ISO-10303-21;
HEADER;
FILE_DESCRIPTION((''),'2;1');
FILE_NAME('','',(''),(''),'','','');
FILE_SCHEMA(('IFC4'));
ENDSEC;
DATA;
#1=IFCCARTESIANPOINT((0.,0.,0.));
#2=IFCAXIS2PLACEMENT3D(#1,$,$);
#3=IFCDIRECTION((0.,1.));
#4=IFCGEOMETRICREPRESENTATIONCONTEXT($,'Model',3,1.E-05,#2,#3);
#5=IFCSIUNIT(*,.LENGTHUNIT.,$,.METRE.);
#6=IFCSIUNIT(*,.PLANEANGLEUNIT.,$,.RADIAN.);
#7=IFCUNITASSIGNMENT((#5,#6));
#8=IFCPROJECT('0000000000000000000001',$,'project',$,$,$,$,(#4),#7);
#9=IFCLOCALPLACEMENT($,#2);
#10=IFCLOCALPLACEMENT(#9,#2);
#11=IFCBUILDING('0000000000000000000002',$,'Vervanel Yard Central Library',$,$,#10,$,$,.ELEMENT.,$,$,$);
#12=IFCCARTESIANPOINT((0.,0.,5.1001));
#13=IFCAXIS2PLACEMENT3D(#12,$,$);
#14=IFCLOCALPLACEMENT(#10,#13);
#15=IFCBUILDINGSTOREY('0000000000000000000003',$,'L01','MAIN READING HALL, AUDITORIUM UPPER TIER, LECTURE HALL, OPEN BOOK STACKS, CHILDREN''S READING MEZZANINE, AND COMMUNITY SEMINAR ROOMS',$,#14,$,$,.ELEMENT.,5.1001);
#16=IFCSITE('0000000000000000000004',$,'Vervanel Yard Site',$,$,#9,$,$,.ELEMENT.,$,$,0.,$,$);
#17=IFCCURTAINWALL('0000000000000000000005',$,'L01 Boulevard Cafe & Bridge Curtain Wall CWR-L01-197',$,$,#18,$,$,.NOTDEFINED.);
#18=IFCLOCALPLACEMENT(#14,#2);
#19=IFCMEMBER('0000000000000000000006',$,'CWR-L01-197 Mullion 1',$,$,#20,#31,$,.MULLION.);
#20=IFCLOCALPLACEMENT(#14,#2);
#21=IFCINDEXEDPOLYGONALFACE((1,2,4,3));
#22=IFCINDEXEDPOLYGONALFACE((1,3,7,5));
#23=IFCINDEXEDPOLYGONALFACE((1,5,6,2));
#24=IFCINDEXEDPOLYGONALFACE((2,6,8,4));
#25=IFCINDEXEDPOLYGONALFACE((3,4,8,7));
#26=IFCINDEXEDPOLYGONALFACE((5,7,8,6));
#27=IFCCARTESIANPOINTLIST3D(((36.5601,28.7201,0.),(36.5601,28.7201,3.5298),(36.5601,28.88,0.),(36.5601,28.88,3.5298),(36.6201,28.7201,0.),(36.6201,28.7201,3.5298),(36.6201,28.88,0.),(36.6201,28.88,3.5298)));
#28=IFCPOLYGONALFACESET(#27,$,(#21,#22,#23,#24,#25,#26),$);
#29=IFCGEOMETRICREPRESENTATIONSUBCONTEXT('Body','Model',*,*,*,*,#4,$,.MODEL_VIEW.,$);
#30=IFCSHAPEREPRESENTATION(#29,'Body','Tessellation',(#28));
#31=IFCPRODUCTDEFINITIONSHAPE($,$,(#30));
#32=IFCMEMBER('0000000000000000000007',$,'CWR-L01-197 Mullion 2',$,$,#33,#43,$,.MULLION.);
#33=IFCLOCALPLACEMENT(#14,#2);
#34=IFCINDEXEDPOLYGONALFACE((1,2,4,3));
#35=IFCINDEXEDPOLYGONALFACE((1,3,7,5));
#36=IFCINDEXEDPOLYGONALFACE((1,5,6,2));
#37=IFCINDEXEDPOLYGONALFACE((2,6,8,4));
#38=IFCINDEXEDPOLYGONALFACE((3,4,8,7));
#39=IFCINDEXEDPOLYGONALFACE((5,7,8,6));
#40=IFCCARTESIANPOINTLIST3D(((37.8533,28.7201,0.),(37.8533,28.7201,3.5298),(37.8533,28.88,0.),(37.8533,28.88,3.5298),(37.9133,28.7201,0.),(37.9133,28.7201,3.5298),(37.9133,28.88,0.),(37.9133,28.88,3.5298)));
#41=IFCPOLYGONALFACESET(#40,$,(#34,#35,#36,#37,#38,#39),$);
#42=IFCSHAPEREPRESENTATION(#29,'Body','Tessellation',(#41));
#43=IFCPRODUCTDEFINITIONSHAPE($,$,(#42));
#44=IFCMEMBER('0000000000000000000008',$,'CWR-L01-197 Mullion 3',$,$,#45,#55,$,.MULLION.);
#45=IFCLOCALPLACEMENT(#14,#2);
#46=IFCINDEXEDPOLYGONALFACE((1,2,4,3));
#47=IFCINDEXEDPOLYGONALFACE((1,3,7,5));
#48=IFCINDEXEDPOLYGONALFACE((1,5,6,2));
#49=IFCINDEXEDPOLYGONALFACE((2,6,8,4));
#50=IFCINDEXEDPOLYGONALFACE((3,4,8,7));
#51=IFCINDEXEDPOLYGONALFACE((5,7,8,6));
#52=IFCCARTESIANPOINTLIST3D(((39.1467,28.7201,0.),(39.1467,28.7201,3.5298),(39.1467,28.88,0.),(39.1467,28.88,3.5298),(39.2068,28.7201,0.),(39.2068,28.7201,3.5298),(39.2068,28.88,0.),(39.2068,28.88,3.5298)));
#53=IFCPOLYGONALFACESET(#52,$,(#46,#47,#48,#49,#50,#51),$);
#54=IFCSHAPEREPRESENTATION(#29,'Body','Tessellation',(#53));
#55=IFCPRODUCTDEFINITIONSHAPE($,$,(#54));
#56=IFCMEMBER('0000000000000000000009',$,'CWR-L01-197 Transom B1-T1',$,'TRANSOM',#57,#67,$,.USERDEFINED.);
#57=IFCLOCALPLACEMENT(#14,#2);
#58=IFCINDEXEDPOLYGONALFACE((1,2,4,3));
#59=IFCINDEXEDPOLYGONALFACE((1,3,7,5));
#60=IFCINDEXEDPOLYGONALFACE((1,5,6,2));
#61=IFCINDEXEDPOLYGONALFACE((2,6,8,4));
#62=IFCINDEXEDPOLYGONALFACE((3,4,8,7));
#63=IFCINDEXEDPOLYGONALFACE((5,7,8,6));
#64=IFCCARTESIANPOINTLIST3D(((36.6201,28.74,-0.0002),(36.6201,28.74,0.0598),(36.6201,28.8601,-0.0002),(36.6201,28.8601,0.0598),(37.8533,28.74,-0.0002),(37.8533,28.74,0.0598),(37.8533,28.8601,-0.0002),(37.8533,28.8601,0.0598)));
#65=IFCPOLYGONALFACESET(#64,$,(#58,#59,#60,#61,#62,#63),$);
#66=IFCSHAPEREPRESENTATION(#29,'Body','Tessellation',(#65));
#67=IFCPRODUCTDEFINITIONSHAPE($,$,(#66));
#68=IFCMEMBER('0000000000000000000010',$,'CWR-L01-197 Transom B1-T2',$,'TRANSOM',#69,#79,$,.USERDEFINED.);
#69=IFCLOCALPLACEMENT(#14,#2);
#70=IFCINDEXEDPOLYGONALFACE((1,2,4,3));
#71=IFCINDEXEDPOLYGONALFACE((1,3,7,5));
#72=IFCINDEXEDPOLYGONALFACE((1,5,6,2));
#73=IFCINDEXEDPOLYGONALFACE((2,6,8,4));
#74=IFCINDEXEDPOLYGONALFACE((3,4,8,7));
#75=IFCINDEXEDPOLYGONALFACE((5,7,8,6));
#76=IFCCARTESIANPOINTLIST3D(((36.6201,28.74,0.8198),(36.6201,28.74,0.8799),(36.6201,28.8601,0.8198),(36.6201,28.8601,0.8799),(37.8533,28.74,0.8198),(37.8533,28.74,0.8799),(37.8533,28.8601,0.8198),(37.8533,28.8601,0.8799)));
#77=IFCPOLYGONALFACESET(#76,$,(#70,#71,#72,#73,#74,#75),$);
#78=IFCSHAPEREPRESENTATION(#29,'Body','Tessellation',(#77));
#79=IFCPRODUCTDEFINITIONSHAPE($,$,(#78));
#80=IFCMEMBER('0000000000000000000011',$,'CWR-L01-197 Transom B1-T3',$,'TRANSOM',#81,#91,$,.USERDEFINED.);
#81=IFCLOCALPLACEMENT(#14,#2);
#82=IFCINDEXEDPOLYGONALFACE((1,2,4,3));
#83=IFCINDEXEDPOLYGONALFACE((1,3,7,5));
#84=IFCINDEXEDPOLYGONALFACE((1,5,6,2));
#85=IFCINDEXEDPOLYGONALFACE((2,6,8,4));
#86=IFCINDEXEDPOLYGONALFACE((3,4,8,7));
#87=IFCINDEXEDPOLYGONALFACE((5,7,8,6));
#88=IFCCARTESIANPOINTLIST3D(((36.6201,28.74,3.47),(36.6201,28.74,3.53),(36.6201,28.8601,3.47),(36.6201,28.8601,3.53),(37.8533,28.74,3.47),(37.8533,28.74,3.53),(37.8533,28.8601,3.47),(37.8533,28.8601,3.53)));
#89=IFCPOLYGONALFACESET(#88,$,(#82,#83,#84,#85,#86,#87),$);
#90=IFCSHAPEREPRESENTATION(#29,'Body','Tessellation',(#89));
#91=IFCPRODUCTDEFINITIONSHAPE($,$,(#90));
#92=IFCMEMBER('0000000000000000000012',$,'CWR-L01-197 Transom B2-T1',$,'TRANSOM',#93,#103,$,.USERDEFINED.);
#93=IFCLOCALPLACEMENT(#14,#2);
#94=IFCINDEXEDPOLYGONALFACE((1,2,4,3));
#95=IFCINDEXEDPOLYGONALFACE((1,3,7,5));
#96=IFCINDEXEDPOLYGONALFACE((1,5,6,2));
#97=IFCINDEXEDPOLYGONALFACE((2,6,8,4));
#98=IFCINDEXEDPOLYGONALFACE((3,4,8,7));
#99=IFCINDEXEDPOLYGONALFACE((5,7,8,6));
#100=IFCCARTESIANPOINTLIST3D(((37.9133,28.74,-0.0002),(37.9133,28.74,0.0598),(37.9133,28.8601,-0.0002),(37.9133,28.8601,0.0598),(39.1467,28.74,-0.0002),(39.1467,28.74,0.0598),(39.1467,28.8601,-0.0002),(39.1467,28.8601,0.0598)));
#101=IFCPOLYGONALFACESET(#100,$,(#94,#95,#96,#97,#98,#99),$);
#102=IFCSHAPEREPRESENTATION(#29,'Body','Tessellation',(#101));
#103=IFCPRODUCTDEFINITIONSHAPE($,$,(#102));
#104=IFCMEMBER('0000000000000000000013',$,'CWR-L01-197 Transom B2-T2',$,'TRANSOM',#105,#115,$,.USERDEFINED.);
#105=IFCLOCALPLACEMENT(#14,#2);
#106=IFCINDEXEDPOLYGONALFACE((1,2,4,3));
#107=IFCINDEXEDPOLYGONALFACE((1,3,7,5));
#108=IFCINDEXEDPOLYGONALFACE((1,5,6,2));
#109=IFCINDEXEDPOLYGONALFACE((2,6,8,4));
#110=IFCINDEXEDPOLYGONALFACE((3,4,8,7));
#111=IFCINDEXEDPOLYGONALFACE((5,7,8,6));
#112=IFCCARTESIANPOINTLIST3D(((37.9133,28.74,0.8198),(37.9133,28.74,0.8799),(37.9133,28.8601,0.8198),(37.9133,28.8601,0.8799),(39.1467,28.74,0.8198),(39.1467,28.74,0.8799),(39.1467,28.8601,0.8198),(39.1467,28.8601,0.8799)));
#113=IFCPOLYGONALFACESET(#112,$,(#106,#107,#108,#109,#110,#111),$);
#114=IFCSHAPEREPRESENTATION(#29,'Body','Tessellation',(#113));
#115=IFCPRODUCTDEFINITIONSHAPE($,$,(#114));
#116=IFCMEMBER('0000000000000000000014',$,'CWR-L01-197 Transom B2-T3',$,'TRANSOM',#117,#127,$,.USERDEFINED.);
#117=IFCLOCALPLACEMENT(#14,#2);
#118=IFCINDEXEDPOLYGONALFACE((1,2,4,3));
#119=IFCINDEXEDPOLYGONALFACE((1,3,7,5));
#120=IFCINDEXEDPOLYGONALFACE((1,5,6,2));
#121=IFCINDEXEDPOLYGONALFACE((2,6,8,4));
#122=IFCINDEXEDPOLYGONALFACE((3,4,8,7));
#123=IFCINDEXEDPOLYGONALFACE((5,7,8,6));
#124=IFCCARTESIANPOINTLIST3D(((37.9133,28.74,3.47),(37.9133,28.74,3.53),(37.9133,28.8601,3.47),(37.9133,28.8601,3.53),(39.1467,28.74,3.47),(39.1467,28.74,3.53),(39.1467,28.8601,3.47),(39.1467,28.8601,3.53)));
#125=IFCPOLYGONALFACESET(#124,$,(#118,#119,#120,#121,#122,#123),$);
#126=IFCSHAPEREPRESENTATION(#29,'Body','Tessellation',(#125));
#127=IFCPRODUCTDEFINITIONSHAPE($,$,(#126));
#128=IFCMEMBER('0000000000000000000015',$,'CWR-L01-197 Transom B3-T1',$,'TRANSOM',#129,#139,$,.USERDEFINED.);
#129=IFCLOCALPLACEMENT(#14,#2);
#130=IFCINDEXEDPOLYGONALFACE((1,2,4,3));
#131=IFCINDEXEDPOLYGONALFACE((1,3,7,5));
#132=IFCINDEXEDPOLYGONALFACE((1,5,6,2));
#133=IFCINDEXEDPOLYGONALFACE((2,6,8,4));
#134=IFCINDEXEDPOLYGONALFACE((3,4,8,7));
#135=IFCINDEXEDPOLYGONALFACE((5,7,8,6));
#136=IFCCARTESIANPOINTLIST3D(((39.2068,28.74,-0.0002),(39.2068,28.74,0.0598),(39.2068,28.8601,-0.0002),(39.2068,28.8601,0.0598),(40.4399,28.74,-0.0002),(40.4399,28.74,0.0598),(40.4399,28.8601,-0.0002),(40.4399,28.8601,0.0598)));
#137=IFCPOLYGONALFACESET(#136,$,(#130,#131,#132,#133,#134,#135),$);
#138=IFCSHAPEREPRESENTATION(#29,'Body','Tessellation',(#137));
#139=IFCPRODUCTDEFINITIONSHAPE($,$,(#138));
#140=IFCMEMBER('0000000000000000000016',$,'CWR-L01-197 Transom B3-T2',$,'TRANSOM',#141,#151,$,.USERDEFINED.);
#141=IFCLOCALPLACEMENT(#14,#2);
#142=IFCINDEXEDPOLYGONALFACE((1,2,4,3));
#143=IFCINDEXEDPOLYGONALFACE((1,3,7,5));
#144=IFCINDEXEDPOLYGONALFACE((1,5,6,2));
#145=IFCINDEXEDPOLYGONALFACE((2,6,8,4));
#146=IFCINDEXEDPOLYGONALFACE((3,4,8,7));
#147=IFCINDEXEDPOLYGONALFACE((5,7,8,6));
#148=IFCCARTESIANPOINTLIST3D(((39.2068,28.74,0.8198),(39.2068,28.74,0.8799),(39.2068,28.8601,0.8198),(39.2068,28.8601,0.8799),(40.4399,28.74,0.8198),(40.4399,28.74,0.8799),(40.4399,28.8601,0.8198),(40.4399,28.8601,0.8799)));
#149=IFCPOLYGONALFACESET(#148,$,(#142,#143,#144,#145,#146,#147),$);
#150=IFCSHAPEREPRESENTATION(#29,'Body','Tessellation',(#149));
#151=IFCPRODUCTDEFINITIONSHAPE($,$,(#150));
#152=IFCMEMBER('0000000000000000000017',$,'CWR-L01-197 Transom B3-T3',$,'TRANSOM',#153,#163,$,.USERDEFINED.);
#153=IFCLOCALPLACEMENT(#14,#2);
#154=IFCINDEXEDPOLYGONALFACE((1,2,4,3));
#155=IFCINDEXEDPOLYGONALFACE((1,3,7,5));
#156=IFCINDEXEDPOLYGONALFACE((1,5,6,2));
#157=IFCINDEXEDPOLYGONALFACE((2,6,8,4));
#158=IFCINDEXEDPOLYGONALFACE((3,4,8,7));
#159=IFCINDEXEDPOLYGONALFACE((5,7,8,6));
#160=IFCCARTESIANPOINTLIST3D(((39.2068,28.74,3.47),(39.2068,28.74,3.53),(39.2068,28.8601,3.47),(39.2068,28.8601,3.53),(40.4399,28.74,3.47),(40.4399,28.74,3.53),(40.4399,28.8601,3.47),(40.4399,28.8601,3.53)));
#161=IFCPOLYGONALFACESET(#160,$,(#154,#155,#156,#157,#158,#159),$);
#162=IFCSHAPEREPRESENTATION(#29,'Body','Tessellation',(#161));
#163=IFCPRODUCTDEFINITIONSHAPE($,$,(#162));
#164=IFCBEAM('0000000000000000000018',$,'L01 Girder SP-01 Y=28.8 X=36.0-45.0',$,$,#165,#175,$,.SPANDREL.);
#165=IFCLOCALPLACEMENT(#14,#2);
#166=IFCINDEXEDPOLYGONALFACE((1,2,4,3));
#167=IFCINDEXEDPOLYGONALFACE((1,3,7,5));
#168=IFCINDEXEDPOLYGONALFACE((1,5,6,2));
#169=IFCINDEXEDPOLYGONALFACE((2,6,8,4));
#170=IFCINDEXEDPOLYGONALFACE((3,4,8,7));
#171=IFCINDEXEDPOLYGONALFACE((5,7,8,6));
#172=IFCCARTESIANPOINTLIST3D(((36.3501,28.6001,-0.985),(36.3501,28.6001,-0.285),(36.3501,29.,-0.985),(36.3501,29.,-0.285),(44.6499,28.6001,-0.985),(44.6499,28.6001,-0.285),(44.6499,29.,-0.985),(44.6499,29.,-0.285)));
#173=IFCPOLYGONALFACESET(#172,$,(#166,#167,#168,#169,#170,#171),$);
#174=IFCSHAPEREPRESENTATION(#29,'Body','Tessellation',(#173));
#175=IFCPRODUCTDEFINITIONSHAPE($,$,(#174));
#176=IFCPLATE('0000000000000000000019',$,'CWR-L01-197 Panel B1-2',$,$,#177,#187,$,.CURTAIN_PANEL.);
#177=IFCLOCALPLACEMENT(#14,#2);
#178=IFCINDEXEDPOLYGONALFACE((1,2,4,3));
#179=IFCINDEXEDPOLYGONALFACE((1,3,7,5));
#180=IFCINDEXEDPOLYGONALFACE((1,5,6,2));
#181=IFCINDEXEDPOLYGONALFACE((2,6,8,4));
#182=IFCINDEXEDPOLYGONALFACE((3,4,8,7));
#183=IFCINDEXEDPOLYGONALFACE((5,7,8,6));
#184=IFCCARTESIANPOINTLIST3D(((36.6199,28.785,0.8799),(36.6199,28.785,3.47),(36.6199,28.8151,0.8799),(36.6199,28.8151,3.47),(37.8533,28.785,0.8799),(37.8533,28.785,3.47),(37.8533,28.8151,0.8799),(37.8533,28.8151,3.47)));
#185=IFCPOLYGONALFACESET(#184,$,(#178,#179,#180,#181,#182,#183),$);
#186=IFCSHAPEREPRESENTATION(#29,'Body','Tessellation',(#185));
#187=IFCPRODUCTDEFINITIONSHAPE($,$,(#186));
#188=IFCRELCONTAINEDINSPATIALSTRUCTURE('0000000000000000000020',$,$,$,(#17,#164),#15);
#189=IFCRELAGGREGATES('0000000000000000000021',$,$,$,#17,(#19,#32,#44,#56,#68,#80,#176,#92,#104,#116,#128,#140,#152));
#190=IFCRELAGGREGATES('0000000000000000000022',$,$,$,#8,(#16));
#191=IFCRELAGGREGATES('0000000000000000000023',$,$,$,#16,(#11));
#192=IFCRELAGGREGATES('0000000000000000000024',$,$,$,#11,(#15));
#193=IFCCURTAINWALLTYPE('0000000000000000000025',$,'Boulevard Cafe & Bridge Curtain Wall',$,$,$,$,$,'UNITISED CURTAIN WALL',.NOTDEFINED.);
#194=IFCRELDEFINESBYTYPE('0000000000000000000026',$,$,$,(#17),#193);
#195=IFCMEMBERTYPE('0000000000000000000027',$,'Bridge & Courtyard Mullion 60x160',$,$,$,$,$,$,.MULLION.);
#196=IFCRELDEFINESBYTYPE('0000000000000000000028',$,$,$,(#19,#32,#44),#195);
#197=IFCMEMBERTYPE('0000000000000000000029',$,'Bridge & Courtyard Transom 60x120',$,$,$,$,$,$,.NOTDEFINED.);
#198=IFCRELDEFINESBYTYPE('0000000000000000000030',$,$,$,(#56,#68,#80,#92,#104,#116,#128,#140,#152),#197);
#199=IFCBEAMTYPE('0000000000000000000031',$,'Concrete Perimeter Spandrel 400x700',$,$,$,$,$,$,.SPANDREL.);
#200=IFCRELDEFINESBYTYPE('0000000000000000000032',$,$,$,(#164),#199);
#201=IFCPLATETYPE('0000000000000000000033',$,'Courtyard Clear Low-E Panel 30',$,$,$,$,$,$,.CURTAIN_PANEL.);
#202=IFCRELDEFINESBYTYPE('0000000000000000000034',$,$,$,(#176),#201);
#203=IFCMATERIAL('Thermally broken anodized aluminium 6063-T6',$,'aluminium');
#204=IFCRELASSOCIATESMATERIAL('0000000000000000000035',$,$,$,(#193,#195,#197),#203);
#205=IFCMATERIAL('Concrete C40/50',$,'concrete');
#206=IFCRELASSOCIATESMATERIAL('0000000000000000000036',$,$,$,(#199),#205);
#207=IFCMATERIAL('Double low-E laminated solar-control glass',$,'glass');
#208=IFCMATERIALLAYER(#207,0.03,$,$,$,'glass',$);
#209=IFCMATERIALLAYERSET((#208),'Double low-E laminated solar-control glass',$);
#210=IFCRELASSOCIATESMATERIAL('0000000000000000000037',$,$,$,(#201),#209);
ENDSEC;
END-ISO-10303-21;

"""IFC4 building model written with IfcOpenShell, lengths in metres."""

from ifc_helpers import new_model, si_unit, direction, frame, origin, origin_2d, place, context, subcontext, project, spatial, rectangle, extrude, material, layer, layer_set, material_profile, profile_set, type_object, element, aggregate, save


model = new_model("IFC4")

# Units and contexts
model_context = context("Model", 3, precision=1e-05, world=origin(), true_north=direction((0.0, 1.0)))
body_context = subcontext(model_context, "Body", "Model", "MODEL_VIEW")
ifc_project = project(units=[si_unit("LENGTHUNIT", "METRE"), si_unit("PLANEANGLEUNIT", "RADIAN")], contexts=[model_context])

# Site, building, storey
site_placement = place(None, origin())
site = spatial("IfcSite", under=ifc_project, at=site_placement, Name="Vervanel Yard Site", CompositionType="ELEMENT", RefElevation=0.0)
building_placement = place(site_placement, origin())
building = spatial("IfcBuilding", under=site, at=building_placement, Name="Vervanel Yard Central Library", CompositionType="ELEMENT")
storey_placement = place(building_placement, frame((0.0, 0.0, 5.1001)))
storey = spatial("IfcBuildingStorey", under=building, at=storey_placement, Name="L01", Description="MAIN READING HALL, AUDITORIUM UPPER TIER, LECTURE HALL, OPEN BOOK STACKS, CHILDREN'S READING MEZZANINE, AND COMMUNITY SEMINAR ROOMS", CompositionType="ELEMENT", Elevation=5.1001)

# Curtain wall, members
ifc_material_1 = material(Name="Thermally broken anodized aluminium 6063-T6", Category="aluminium")
curtain_wall_type = type_object("IfcCurtainWallType", Name="Boulevard Cafe & Bridge Curtain Wall", ElementType="UNITISED CURTAIN WALL", PredefinedType="NOTDEFINED", material=ifc_material_1)
curtain_wall_placement = place(storey_placement, origin())
curtain_wall = element("IfcCurtainWall", 1, at=curtain_wall_placement, inside=storey, type_object=curtain_wall_type, Name="L01 Boulevard Cafe & Bridge Curtain Wall CWR-L01-197", PredefinedType="NOTDEFINED")
ifc_material_profile_1 = material_profile(ifc_material_1, rectangle(XDim=0.0601, YDim=0.1599, at=origin_2d()), Name="ALU 60x160", Category="aluminium")
ifc_profile_set_1 = profile_set([ifc_material_profile_1], Name="Thermally broken anodized aluminium 6063-T6")
member_type_1 = type_object("IfcMemberType", Name="Bridge & Courtyard Mullion 60x160", PredefinedType="MULLION", material=ifc_profile_set_1)
member_1_placement = place(storey_placement, frame((36.5901, 28.8, 0.0), z_axis=(0.0, 0.0, 1.0), x_axis=(1.0, 0.0, 0.0)))
member_1 = element("IfcMember", 2, at=member_1_placement, type_object=member_type_1, Name="CWR-L01-197 Mullion 1", PredefinedType="MULLION", context=body_context, shape_type="SweptSolid", body=[
    extrude(rectangle(XDim=0.0601, YDim=0.1599, at=origin_2d()), origin(), (0.0, 0.0, 1.0), 3.5298),
])
member_2_placement = place(storey_placement, frame((37.8833, 28.8, 0.0), z_axis=(0.0, 0.0, 1.0), x_axis=(1.0, 0.0, 0.0)))
member_2 = element("IfcMember", 3, at=member_2_placement, type_object=member_type_1, Name="CWR-L01-197 Mullion 2", PredefinedType="MULLION", context=body_context, shape_type="SweptSolid", body=[
    extrude(rectangle(XDim=0.0601, YDim=0.1599, at=origin_2d()), origin(), (0.0, 0.0, 1.0), 3.5298),
])
member_3_placement = place(storey_placement, frame((39.1768, 28.8, 0.0), z_axis=(0.0, 0.0, 1.0), x_axis=(1.0, 0.0, 0.0)))
member_3 = element("IfcMember", 4, at=member_3_placement, type_object=member_type_1, Name="CWR-L01-197 Mullion 3", PredefinedType="MULLION", context=body_context, shape_type="SweptSolid", body=[
    extrude(rectangle(XDim=0.0601, YDim=0.1599, at=origin_2d()), origin(), (0.0, 0.0, 1.0), 3.5298),
])
ifc_material_profile_2 = material_profile(ifc_material_1, rectangle(XDim=0.0601, YDim=0.1201, at=origin_2d()), Name="ALU 60x120", Category="aluminium")
ifc_profile_set_2 = profile_set([ifc_material_profile_2], Name="Thermally broken anodized aluminium 6063-T6")
member_type_2 = type_object("IfcMemberType", Name="Bridge & Courtyard Transom 60x120", PredefinedType="NOTDEFINED", material=ifc_profile_set_2)
member_4_placement = place(storey_placement, frame((36.6201, 28.8, 0.0298), z_axis=(1.0, 0.0, 0.0), x_axis=(0.0, 0.0, 1.0)))
member_4 = element("IfcMember", 5, at=member_4_placement, type_object=member_type_2, Name="CWR-L01-197 Transom B1-T1", ObjectType="TRANSOM", PredefinedType="USERDEFINED", context=body_context, shape_type="SweptSolid", body=[
    extrude(rectangle(XDim=0.0601, YDim=0.1201, at=origin_2d()), origin(), (0.0, 0.0, 1.0), 1.2332),
])
member_5_placement = place(storey_placement, frame((36.6201, 28.8, 0.8499), z_axis=(1.0, 0.0, 0.0), x_axis=(0.0, 0.0, 1.0)))
member_5 = element("IfcMember", 6, at=member_5_placement, type_object=member_type_2, Name="CWR-L01-197 Transom B1-T2", ObjectType="TRANSOM", PredefinedType="USERDEFINED", context=body_context, shape_type="SweptSolid", body=[
    extrude(rectangle(XDim=0.0601, YDim=0.1201, at=origin_2d()), origin(), (0.0, 0.0, 1.0), 1.2332),
])
member_6_placement = place(storey_placement, frame((36.6201, 28.8, 3.5), z_axis=(1.0, 0.0, 0.0), x_axis=(0.0, 0.0, 1.0)))
member_6 = element("IfcMember", 7, at=member_6_placement, type_object=member_type_2, Name="CWR-L01-197 Transom B1-T3", ObjectType="TRANSOM", PredefinedType="USERDEFINED", context=body_context, shape_type="SweptSolid", body=[
    extrude(rectangle(XDim=0.0601, YDim=0.1201, at=origin_2d()), origin(), (0.0, 0.0, 1.0), 1.2332),
])
member_7_placement = place(storey_placement, frame((37.9133, 28.8, 0.0298), z_axis=(1.0, 0.0, 0.0), x_axis=(0.0, 0.0, 1.0)))
member_7 = element("IfcMember", 8, at=member_7_placement, type_object=member_type_2, Name="CWR-L01-197 Transom B2-T1", ObjectType="TRANSOM", PredefinedType="USERDEFINED", context=body_context, shape_type="SweptSolid", body=[
    extrude(rectangle(XDim=0.0601, YDim=0.1201, at=origin_2d()), origin(), (0.0, 0.0, 1.0), 1.2334),
])
member_8_placement = place(storey_placement, frame((37.9133, 28.8, 0.8499), z_axis=(1.0, 0.0, 0.0), x_axis=(0.0, 0.0, 1.0)))
member_8 = element("IfcMember", 9, at=member_8_placement, type_object=member_type_2, Name="CWR-L01-197 Transom B2-T2", ObjectType="TRANSOM", PredefinedType="USERDEFINED", context=body_context, shape_type="SweptSolid", body=[
    extrude(rectangle(XDim=0.0601, YDim=0.1201, at=origin_2d()), origin(), (0.0, 0.0, 1.0), 1.2334),
])
member_9_placement = place(storey_placement, frame((37.9133, 28.8, 3.5), z_axis=(1.0, 0.0, 0.0), x_axis=(0.0, 0.0, 1.0)))
member_9 = element("IfcMember", 10, at=member_9_placement, type_object=member_type_2, Name="CWR-L01-197 Transom B2-T3", ObjectType="TRANSOM", PredefinedType="USERDEFINED", context=body_context, shape_type="SweptSolid", body=[
    extrude(rectangle(XDim=0.0601, YDim=0.1201, at=origin_2d()), origin(), (0.0, 0.0, 1.0), 1.2334),
])
member_10_placement = place(storey_placement, frame((39.2068, 28.8, 0.0298), z_axis=(1.0, 0.0, 0.0), x_axis=(0.0, 0.0, 1.0)))
member_10 = element("IfcMember", 11, at=member_10_placement, type_object=member_type_2, Name="CWR-L01-197 Transom B3-T1", ObjectType="TRANSOM", PredefinedType="USERDEFINED", context=body_context, shape_type="SweptSolid", body=[
    extrude(rectangle(XDim=0.0601, YDim=0.1201, at=origin_2d()), origin(), (0.0, 0.0, 1.0), 1.2332),
])
member_11_placement = place(storey_placement, frame((39.2068, 28.8, 0.8499), z_axis=(1.0, 0.0, 0.0), x_axis=(0.0, 0.0, 1.0)))
member_11 = element("IfcMember", 12, at=member_11_placement, type_object=member_type_2, Name="CWR-L01-197 Transom B3-T2", ObjectType="TRANSOM", PredefinedType="USERDEFINED", context=body_context, shape_type="SweptSolid", body=[
    extrude(rectangle(XDim=0.0601, YDim=0.1201, at=origin_2d()), origin(), (0.0, 0.0, 1.0), 1.2332),
])
member_12_placement = place(storey_placement, frame((39.2068, 28.8, 3.5), z_axis=(1.0, 0.0, 0.0), x_axis=(0.0, 0.0, 1.0)))
member_12 = element("IfcMember", 13, at=member_12_placement, type_object=member_type_2, Name="CWR-L01-197 Transom B3-T3", ObjectType="TRANSOM", PredefinedType="USERDEFINED", context=body_context, shape_type="SweptSolid", body=[
    extrude(rectangle(XDim=0.0601, YDim=0.1201, at=origin_2d()), origin(), (0.0, 0.0, 1.0), 1.2332),
])

# Beam
ifc_material_2 = material(Name="Concrete C40/50", Category="concrete")
ifc_material_profile_3 = material_profile(ifc_material_2, rectangle(XDim=0.3999, YDim=0.7, at=origin_2d()), Name="RC 400x700", Category="concrete")
ifc_profile_set_3 = profile_set([ifc_material_profile_3], Name="Concrete C40/50")
beam_type = type_object("IfcBeamType", Name="Concrete Perimeter Spandrel 400x700", PredefinedType="SPANDREL", material=ifc_profile_set_3)
beam_placement = place(storey_placement, frame((36.3501, 28.8, -0.635), z_axis=(1.0, 0.0, 0.0), x_axis=(0.0, 1.0, 0.0)))
element("IfcBeam", 14, at=beam_placement, inside=storey, type_object=beam_type, Name="L01 Girder SP-01 Y=28.8 X=36.0-45.0", PredefinedType="SPANDREL", context=body_context, shape_type="SweptSolid", body=[
    extrude(rectangle(XDim=0.3999, YDim=0.7, at=origin_2d()), origin(), (0.0, 0.0, 1.0), 8.2998),
])

# Plate
ifc_material_3 = material(Name="Double low-E laminated solar-control glass", Category="glass")
ifc_layer_1 = layer(ifc_material_3, 0.03, Category="glass")
ifc_layer_set_1 = layer_set([ifc_layer_1], Name="Double low-E laminated solar-control glass")
plate_type_1 = type_object("IfcPlateType", Name="Courtyard Clear Low-E Panel 30", PredefinedType="CURTAIN_PANEL", material=ifc_layer_set_1)
plate_1_placement = place(storey_placement, frame((37.2366, 28.8, 0.8799), z_axis=(0.0, 0.0, 1.0), x_axis=(1.0, 0.0, 0.0)))
plate_1 = element("IfcPlate", 15, at=plate_1_placement, type_object=plate_type_1, Name="CWR-L01-197 Panel B1-2", PredefinedType="CURTAIN_PANEL", context=body_context, shape_type="SweptSolid", body=[
    extrude(rectangle(XDim=1.2334, YDim=0.03, at=origin_2d()), origin(), (0.0, 0.0, 1.0), 2.5901),
])
aggregate(curtain_wall, [member_1, member_2, member_3, member_4, member_5, member_6, plate_1, member_7, member_8, member_9, member_10, member_11, member_12])

save(model, "model.ifc")
